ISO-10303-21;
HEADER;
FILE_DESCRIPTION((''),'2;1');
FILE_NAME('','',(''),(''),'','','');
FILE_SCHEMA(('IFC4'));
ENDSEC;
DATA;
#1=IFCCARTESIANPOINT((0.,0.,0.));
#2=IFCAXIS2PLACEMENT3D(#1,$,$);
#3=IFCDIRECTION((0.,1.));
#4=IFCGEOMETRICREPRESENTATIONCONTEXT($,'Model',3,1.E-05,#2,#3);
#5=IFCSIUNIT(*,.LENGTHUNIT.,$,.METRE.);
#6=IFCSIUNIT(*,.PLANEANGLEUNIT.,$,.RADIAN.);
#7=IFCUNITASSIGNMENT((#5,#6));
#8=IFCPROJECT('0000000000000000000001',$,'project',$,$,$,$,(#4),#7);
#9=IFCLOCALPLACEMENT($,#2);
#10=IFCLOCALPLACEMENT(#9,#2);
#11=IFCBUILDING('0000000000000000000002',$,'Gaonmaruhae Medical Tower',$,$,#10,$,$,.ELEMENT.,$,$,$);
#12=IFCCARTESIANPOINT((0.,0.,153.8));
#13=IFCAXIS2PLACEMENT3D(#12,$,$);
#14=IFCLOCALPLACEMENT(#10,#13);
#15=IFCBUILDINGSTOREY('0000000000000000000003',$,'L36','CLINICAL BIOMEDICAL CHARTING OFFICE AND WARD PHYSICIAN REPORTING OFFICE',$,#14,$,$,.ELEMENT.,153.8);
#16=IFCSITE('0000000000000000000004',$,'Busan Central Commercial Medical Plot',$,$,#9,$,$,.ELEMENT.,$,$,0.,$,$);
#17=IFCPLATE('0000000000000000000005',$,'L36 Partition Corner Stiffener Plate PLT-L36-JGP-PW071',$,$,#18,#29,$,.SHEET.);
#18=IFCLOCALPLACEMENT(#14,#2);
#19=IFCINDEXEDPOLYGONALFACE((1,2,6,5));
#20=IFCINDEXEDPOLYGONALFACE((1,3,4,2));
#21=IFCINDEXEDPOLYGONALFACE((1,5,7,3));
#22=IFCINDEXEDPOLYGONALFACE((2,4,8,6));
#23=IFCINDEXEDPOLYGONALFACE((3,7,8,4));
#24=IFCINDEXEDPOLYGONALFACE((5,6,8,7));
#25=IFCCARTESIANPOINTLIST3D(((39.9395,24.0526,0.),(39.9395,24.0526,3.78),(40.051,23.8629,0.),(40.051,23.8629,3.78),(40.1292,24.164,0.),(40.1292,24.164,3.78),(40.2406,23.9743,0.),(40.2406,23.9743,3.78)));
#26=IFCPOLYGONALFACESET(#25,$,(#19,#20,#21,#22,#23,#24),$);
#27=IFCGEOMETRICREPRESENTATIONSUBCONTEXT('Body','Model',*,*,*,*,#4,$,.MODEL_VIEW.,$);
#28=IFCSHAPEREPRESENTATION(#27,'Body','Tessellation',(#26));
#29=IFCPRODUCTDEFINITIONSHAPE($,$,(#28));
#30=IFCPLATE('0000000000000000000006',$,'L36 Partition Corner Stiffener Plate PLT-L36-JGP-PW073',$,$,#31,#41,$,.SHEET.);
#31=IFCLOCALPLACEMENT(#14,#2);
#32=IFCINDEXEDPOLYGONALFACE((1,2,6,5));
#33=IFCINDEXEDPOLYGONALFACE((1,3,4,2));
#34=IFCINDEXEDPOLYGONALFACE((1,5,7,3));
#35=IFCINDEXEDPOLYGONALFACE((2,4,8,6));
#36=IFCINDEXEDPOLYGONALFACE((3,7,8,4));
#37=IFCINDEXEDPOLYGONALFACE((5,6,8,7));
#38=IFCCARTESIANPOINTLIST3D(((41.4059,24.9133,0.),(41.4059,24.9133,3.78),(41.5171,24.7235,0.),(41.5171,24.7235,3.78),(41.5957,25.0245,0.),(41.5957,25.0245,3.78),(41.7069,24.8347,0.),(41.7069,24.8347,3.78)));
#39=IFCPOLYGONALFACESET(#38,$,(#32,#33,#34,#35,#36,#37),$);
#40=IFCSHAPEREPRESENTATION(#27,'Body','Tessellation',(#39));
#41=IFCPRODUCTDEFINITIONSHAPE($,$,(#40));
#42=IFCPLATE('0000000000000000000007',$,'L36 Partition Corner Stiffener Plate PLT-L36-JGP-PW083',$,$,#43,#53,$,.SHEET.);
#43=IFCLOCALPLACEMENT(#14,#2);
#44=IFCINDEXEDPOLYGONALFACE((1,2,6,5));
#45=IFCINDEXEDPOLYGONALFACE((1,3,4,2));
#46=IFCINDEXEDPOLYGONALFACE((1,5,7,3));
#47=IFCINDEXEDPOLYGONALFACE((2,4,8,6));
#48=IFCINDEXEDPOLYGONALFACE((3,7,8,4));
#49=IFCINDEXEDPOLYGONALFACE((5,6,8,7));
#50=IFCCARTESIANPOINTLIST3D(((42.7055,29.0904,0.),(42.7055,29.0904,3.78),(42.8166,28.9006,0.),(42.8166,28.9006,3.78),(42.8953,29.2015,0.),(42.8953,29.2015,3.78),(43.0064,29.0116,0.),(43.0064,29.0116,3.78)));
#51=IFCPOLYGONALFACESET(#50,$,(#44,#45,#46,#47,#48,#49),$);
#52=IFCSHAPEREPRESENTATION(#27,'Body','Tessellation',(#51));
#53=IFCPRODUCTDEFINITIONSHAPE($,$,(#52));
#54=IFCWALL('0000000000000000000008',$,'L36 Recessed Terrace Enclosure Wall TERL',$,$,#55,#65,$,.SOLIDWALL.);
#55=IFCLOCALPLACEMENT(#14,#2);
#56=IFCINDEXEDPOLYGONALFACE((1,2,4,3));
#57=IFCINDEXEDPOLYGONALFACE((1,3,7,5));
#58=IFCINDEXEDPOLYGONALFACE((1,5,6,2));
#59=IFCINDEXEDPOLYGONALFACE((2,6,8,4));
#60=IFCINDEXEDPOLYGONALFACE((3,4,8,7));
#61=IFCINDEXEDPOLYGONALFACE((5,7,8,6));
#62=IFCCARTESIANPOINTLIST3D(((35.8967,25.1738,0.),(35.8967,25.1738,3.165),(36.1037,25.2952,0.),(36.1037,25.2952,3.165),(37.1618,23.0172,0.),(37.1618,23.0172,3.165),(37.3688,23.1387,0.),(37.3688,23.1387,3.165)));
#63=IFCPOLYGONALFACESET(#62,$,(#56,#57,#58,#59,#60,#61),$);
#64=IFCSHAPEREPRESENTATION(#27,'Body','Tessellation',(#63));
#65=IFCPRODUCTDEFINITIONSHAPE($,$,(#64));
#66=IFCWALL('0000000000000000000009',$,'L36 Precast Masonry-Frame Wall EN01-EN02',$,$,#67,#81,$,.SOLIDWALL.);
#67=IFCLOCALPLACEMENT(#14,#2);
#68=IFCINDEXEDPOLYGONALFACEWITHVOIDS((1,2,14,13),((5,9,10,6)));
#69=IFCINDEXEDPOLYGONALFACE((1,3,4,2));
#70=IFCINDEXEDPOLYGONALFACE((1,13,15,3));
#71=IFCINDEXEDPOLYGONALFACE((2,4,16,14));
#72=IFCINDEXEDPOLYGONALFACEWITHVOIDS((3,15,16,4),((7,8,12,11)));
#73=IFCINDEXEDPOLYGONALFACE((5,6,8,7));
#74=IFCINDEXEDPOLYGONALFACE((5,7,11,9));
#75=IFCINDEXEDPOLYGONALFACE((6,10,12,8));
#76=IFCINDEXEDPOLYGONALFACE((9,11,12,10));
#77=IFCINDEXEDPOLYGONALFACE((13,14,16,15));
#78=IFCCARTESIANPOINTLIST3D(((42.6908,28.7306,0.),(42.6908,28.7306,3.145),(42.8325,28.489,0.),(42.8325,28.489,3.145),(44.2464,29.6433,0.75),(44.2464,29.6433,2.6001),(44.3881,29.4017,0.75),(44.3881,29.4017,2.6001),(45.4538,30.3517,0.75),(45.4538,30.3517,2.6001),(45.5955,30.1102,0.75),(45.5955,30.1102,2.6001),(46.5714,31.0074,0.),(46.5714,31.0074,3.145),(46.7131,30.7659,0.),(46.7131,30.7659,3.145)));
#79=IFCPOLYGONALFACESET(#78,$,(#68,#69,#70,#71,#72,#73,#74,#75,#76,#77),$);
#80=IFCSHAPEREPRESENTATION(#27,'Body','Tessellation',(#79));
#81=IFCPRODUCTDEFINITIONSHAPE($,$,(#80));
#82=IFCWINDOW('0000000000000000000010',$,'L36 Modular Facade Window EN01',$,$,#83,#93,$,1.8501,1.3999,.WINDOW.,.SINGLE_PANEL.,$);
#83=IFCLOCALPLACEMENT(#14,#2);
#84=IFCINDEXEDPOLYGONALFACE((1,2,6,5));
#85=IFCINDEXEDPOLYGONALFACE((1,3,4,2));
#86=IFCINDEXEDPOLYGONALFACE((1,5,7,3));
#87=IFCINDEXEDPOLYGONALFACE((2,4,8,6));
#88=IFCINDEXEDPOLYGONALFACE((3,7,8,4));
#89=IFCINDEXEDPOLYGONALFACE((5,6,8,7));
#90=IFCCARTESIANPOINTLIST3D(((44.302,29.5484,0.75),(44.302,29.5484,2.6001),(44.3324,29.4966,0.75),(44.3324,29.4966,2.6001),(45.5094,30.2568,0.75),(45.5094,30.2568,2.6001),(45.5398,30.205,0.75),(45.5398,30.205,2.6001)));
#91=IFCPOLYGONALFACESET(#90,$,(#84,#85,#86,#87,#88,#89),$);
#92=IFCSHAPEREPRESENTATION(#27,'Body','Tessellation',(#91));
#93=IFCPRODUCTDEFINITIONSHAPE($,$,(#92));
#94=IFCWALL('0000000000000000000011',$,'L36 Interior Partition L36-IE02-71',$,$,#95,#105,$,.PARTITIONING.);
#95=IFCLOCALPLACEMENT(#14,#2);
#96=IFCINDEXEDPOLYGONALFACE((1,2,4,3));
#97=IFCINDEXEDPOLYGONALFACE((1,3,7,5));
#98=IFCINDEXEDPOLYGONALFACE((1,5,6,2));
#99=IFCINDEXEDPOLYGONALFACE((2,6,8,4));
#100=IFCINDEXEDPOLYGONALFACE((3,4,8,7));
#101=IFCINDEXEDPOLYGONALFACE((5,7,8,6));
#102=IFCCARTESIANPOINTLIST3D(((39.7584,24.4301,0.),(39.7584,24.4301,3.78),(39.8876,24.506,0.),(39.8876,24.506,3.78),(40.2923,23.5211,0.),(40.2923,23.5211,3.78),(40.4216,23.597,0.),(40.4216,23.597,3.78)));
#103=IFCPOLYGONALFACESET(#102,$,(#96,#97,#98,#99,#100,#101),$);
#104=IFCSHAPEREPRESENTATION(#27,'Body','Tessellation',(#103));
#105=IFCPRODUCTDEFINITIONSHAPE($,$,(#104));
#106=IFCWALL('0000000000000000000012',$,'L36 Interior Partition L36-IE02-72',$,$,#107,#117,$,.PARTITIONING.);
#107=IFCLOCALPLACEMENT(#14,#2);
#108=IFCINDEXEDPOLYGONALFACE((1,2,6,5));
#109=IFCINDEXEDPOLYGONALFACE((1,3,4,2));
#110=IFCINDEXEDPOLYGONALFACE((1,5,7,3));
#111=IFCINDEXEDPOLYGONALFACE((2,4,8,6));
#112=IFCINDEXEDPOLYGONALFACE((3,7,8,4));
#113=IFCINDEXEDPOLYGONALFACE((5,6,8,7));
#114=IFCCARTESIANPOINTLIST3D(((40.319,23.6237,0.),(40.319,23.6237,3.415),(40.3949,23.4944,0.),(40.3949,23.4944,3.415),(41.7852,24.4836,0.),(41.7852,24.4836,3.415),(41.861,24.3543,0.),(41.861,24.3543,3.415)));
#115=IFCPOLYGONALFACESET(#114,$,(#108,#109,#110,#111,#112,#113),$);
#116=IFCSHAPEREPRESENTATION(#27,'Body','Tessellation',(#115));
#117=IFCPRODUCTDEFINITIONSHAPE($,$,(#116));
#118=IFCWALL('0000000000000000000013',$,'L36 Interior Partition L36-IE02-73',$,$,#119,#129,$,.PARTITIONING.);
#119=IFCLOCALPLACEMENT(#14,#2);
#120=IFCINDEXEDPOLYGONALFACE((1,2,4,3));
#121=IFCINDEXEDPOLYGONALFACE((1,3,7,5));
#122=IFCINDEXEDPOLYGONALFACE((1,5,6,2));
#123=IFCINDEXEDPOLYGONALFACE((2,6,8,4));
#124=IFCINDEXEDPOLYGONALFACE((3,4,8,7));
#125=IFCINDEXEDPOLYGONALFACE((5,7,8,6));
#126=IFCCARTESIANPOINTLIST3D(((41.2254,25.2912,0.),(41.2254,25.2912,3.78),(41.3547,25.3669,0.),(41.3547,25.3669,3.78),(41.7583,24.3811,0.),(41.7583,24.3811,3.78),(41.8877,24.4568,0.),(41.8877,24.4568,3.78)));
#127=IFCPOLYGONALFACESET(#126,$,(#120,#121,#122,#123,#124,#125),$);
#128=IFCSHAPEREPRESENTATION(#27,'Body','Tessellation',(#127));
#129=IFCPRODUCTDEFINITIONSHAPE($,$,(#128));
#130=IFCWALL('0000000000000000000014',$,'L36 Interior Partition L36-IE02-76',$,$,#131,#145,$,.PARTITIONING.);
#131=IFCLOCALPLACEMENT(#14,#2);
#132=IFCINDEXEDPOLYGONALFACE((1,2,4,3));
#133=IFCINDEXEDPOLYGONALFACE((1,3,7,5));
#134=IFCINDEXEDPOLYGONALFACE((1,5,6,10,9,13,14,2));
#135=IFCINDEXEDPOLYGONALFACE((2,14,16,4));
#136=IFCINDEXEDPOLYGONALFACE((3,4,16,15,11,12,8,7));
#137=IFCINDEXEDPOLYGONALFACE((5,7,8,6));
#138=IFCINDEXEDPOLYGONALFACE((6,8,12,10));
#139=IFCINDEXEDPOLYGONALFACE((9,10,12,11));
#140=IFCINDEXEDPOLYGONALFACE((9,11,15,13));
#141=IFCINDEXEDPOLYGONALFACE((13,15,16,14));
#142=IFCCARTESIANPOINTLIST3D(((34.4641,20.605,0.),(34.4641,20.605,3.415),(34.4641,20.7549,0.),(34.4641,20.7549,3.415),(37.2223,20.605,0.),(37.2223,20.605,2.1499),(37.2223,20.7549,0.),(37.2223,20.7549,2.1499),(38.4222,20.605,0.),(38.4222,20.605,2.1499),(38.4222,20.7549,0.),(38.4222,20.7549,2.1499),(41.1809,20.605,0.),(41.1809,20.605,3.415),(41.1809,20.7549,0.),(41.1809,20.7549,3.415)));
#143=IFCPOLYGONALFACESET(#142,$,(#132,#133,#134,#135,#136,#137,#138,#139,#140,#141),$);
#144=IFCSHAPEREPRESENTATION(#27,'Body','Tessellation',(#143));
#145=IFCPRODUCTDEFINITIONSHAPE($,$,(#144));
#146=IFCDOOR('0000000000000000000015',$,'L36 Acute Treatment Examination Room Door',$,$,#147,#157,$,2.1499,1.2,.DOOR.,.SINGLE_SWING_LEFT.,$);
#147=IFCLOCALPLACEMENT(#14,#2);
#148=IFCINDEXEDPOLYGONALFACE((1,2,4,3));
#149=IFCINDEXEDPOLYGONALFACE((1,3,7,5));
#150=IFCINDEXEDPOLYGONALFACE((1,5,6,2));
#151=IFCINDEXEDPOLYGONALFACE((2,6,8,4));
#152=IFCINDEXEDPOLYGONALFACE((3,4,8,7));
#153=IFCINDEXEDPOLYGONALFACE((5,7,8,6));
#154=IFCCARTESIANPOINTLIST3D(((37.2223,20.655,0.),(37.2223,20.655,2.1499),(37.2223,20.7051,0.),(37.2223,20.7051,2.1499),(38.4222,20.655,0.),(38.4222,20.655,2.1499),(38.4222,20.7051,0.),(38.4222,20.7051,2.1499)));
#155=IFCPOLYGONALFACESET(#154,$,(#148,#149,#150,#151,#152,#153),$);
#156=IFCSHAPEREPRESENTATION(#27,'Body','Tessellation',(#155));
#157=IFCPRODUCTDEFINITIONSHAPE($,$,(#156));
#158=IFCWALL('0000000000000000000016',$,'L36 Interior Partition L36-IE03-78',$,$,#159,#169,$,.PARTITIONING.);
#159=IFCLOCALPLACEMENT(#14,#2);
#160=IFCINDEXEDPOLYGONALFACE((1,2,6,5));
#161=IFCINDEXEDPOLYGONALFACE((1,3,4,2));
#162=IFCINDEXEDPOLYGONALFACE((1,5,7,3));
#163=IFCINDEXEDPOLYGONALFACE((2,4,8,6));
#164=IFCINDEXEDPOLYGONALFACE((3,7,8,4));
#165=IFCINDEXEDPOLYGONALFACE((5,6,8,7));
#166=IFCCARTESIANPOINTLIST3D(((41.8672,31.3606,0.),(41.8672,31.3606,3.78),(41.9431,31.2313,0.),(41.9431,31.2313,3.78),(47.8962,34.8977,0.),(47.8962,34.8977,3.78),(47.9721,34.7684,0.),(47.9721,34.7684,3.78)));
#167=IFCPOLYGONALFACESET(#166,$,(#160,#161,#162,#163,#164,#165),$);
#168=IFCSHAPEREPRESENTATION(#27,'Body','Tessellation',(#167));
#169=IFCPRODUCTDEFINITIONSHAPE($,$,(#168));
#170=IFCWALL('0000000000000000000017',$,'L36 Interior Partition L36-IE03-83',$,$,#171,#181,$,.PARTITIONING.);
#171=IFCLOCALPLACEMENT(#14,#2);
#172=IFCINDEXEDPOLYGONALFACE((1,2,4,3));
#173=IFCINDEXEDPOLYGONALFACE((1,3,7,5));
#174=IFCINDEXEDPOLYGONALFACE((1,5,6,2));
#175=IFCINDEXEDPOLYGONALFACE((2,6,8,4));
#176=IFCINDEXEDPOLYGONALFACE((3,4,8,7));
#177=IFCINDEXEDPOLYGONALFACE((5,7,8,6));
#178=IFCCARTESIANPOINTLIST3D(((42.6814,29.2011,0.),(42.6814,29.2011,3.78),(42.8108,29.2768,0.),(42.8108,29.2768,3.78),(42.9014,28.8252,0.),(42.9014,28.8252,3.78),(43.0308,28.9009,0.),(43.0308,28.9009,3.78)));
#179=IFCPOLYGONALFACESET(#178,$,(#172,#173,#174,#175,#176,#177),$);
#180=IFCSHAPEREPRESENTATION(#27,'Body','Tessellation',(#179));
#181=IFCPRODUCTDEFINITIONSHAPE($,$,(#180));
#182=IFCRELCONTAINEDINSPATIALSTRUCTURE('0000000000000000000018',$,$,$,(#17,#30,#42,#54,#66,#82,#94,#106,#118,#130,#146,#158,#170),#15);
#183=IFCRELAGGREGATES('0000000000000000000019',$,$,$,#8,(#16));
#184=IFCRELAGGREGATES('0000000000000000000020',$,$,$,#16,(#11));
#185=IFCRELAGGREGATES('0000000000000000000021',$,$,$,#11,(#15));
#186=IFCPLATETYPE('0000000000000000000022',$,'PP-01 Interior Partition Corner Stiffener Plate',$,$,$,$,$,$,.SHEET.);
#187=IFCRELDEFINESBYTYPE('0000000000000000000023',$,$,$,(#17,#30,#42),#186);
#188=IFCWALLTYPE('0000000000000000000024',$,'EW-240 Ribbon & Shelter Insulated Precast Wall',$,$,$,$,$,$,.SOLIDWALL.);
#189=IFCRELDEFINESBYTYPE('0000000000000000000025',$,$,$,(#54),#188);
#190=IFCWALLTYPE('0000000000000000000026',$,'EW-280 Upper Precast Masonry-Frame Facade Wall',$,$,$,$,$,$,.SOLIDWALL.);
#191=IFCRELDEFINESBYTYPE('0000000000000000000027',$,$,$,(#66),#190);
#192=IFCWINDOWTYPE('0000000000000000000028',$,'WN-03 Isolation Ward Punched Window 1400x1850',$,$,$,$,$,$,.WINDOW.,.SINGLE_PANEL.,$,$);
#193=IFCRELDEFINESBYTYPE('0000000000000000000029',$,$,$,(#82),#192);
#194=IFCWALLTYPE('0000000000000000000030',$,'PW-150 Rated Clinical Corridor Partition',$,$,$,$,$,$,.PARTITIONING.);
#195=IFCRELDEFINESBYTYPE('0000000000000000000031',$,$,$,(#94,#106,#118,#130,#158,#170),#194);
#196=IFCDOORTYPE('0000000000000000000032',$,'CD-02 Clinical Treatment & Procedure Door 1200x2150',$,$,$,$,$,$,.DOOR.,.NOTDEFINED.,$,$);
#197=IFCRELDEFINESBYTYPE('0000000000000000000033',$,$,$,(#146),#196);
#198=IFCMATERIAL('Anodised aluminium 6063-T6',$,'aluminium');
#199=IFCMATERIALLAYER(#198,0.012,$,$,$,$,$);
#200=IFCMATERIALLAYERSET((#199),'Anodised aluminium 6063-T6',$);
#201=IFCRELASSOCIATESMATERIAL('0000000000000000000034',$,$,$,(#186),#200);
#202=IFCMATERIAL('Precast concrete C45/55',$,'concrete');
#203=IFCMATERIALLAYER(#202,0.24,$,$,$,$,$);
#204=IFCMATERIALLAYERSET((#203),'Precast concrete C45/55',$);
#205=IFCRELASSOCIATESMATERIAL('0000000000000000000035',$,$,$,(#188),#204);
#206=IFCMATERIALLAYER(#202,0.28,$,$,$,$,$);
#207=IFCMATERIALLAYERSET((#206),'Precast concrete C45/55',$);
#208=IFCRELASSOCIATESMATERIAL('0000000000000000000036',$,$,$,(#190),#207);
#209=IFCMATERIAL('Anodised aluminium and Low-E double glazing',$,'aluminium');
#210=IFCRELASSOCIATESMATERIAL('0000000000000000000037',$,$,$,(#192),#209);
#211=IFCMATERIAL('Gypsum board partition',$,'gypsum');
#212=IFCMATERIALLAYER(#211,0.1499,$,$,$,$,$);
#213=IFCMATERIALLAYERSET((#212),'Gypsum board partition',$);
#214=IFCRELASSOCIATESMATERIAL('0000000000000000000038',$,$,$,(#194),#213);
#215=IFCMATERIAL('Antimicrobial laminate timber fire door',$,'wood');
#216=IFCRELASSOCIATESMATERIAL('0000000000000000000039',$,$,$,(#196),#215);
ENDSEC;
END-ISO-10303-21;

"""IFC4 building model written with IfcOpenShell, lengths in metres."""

from ifc_helpers import new_model, si_unit, direction, frame, frame_2d, origin, origin_2d, place, context, subcontext, project, spatial, rectangle, extrude, material, layer, layer_set, type_object, element, fill, save


model = new_model("IFC4")

# Units and contexts
model_context = context("Model", 3, precision=1e-05, world=origin(), true_north=direction((0.0, 1.0)))
body_context = subcontext(model_context, "Body", "Model", "MODEL_VIEW")
ifc_project = project(units=[si_unit("LENGTHUNIT", "METRE"), si_unit("PLANEANGLEUNIT", "RADIAN")], contexts=[model_context])

# Site, building, storey
site_placement = place(None, origin())
site = spatial("IfcSite", under=ifc_project, at=site_placement, Name="Busan Central Commercial Medical Plot", CompositionType="ELEMENT", RefElevation=0.0)
building_placement = place(site_placement, origin())
building = spatial("IfcBuilding", under=site, at=building_placement, Name="Gaonmaruhae Medical Tower", CompositionType="ELEMENT")
storey_placement = place(building_placement, frame((0.0, 0.0, 153.8)))
storey = spatial("IfcBuildingStorey", under=building, at=storey_placement, Name="L36", Description="CLINICAL BIOMEDICAL CHARTING OFFICE AND WARD PHYSICIAN REPORTING OFFICE", CompositionType="ELEMENT", Elevation=153.8)

# Plates
ifc_material_1 = material(Name="Anodised aluminium 6063-T6", Category="aluminium")
ifc_layer_1 = layer(ifc_material_1, 0.012)
ifc_layer_set_1 = layer_set([ifc_layer_1], Name="Anodised aluminium 6063-T6")
plate_type = type_object("IfcPlateType", Name="PP-01 Interior Partition Corner Stiffener Plate", PredefinedType="SHEET", material=ifc_layer_set_1)
for number, where, z_axis, x_axis, name in (
    (1, (40.0901, 24.0134, 0.0), (0.0, 0.0, 1.0), (0.506515, -0.862231, 0.0), "L36 Partition Corner Stiffener Plate PLT-L36-JGP-PW071"),
    (2, (41.5564, 24.874, 0.0), (0.0, 0.0, 1.0), (-0.505401, 0.862884, 0.0), "L36 Partition Corner Stiffener Plate PLT-L36-JGP-PW073"),
    (3, (42.856, 29.051, 0.0), (0.0, 0.0, 1.0), (-0.50501, 0.863114, 0.0), "L36 Partition Corner Stiffener Plate PLT-L36-JGP-PW083"),
):
    element("IfcPlate", number, at=place(storey_placement, frame(where, z_axis=z_axis, x_axis=x_axis)), inside=storey, type_object=plate_type, Name=name, PredefinedType="SHEET", context=body_context, shape_type="SweptSolid", body=[
        extrude(rectangle(XDim=0.22, YDim=0.22, at=origin_2d()), origin(), (0.0, 0.0, 1.0), 3.78),
    ])

# Shared definitions
ifc_material_2 = material(Name="Precast concrete C45/55", Category="concrete")
ifc_layer_2 = layer(ifc_material_2, 0.24)
ifc_layer_set_2 = layer_set([ifc_layer_2], Name="Precast concrete C45/55")
wall_type_1 = type_object("IfcWallType", Name="EW-240 Ribbon & Shelter Insulated Precast Wall", PredefinedType="SOLIDWALL", material=ifc_layer_set_2)

# Wall
wall_1_placement = place(storey_placement, frame((36.0002, 25.2344, 0.0), z_axis=(0.0, 0.0, 1.0), x_axis=(0.506013, -0.862526, 0.0)))
element("IfcWall", 4, at=wall_1_placement, inside=storey, type_object=wall_type_1, Name="L36 Recessed Terrace Enclosure Wall TERL", PredefinedType="SOLIDWALL", context=body_context, shape_type="SweptSolid", body=[
    extrude(rectangle(XDim=2.5002, YDim=0.24, at=frame_2d((1.25, 0.0))), origin(), (0.0, 0.0, 1.0), 3.165),
])

# Wall, opening, window
ifc_layer_3 = layer(ifc_material_2, 0.28)
ifc_layer_set_3 = layer_set([ifc_layer_3], Name="Precast concrete C45/55")
wall_type_2 = type_object("IfcWallType", Name="EW-280 Upper Precast Masonry-Frame Facade Wall", PredefinedType="SOLIDWALL", material=ifc_layer_set_3)
wall_2_placement = place(storey_placement, frame((42.7617, 28.6099, 0.0), z_axis=(0.0, 0.0, 1.0), x_axis=(0.862503, 0.506052, 0.0)))
wall_2 = element("IfcWall", 5, at=wall_2_placement, inside=storey, type_object=wall_type_2, Name="L36 Precast Masonry-Frame Wall EN01-EN02", PredefinedType="SOLIDWALL", context=body_context, shape_type="SweptSolid", body=[
    extrude(rectangle(XDim=4.4993, YDim=0.28, at=frame_2d((2.2495, 0.0))), origin(), (0.0, 0.0, 1.0), 3.145),
])
opening_1_placement = place(wall_2_placement, frame((1.8035, 0.0, 0.75)))
opening_1 = element("IfcOpeningElement", 6, at=opening_1_placement, cuts=wall_2, PredefinedType="OPENING", context=body_context, shape_type="SweptSolid", body=[
    extrude(rectangle(XDim=1.3999, YDim=1.8501, at=frame_2d((0.7, 0.925))), frame((0.0, 0.1499, 0.0), z_axis=(0.0, -1.0, 0.0), x_axis=(1.0, 0.0, 0.0)), (0.0, 0.0, 1.0), 0.3),
])
ifc_material_3 = material(Name="Anodised aluminium and Low-E double glazing", Category="aluminium")
window_type = type_object("IfcWindowType", Name="WN-03 Isolation Ward Punched Window 1400x1850", PartitioningType="SINGLE_PANEL", PredefinedType="WINDOW", material=ifc_material_3)
window_placement = place(opening_1_placement, origin())
window = element("IfcWindow", 7, at=window_placement, inside=storey, type_object=window_type, Name="L36 Modular Facade Window EN01", OverallHeight=1.8501, OverallWidth=1.3999, PartitioningType="SINGLE_PANEL", PredefinedType="WINDOW", context=body_context, shape_type="SweptSolid", body=[
    extrude(rectangle(XDim=1.3999, YDim=1.8501, at=frame_2d((0.7, 0.925))), frame((0.0, 0.03, 0.0), z_axis=(0.0, -1.0, 0.0), x_axis=(1.0, 0.0, 0.0)), (0.0, 0.0, 1.0), 0.0601),
])
fill(opening_1, window)

# Walls
ifc_material_4 = material(Name="Gypsum board partition", Category="gypsum")
ifc_layer_4 = layer(ifc_material_4, 0.1499)
ifc_layer_set_4 = layer_set([ifc_layer_4], Name="Gypsum board partition")
wall_type_3 = type_object("IfcWallType", Name="PW-150 Rated Clinical Corridor Partition", PredefinedType="PARTITIONING", material=ifc_layer_set_4)
wall_3_placement = place(storey_placement, frame((39.823, 24.468, 0.0), z_axis=(0.0, 0.0, 1.0), x_axis=(0.506504, -0.862238, 0.0)))
element("IfcWall", 8, at=wall_3_placement, inside=storey, type_object=wall_type_3, Name="L36 Interior Partition L36-IE02-71", PredefinedType="PARTITIONING", context=body_context, shape_type="SweptSolid", body=[
    extrude(rectangle(XDim=1.0542, YDim=0.1499, at=frame_2d((0.5271, 0.0))), origin(), (0.0, 0.0, 1.0), 3.78),
])
wall_4_placement = place(storey_placement, frame((40.3569, 23.5591, 0.0), z_axis=(0.0, 0.0, 1.0), x_axis=(0.862583, 0.505915, 0.0)))
element("IfcWall", 9, at=wall_4_placement, inside=storey, type_object=wall_type_3, Name="L36 Interior Partition L36-IE02-72", PredefinedType="PARTITIONING", context=body_context, shape_type="SweptSolid", body=[
    extrude(rectangle(XDim=1.6997, YDim=0.1499, at=frame_2d((0.8499, 0.0))), origin(), (0.0, 0.0, 1.0), 3.415),
])
wall_5_placement = place(storey_placement, frame((41.823, 24.4189, 0.0), z_axis=(0.0, 0.0, 1.0), x_axis=(-0.50531, 0.862938, 0.0)))
element("IfcWall", 10, at=wall_5_placement, inside=storey, type_object=wall_type_3, Name="L36 Interior Partition L36-IE02-73", PredefinedType="PARTITIONING", context=body_context, shape_type="SweptSolid", body=[
    extrude(rectangle(XDim=1.0547, YDim=0.1499, at=frame_2d((0.5273, 0.0))), origin(), (0.0, 0.0, 1.0), 3.78),
])

# Wall, opening, door
wall_6_placement = place(storey_placement, frame((41.1809, 20.6799, 0.0), z_axis=(0.0, 0.0, 1.0), x_axis=(-1.0, 0.0, 0.0)))
wall_6 = element("IfcWall", 11, at=wall_6_placement, inside=storey, type_object=wall_type_3, Name="L36 Interior Partition L36-IE02-76", PredefinedType="PARTITIONING", context=body_context, shape_type="SweptSolid", body=[
    extrude(rectangle(XDim=6.7168, YDim=0.1499, at=frame_2d((3.3584, 0.0))), origin(), (0.0, 0.0, 1.0), 3.415),
])
opening_2_placement = place(wall_6_placement, frame((2.7585, 0.0, 0.0)))
opening_2 = element("IfcOpeningElement", 12, at=opening_2_placement, cuts=wall_6, PredefinedType="OPENING", context=body_context, shape_type="SweptSolid", body=[
    extrude(rectangle(XDim=1.2, YDim=2.1499, at=frame_2d((0.6001, 1.075))), frame((0.0, 0.085, 0.0), z_axis=(0.0, -1.0, 0.0), x_axis=(1.0, 0.0, 0.0)), (0.0, 0.0, 1.0), 0.1699),
])
ifc_material_5 = material(Name="Antimicrobial laminate timber fire door", Category="wood")
door_type_1 = type_object("IfcDoorType", Name="CD-02 Clinical Treatment & Procedure Door 1200x2150", OperationType="NOTDEFINED", PredefinedType="DOOR", material=ifc_material_5)
door_1_placement = place(opening_2_placement, origin())
door_1 = element("IfcDoor", 13, at=door_1_placement, inside=storey, type_object=door_type_1, Name="L36 Acute Treatment Examination Room Door", OperationType="SINGLE_SWING_LEFT", OverallHeight=2.1499, OverallWidth=1.2, PredefinedType="DOOR", context=body_context, shape_type="SweptSolid", body=[
    extrude(rectangle(XDim=1.2, YDim=2.1499, at=frame_2d((0.6001, 1.075))), frame((0.0, 0.0249, 0.0), z_axis=(0.0, -1.0, 0.0), x_axis=(1.0, 0.0, 0.0)), (0.0, 0.0, 1.0), 0.05),
])
fill(opening_2, door_1)

# Walls
wall_7_placement = place(storey_placement, frame((41.905, 31.2959, 0.0), z_axis=(0.0, 0.0, 1.0), x_axis=(0.862521, 0.506022, 0.0)))
element("IfcWall", 14, at=wall_7_placement, inside=storey, type_object=wall_type_3, Name="L36 Interior Partition L36-IE03-78", PredefinedType="PARTITIONING", context=body_context, shape_type="SweptSolid", body=[
    extrude(rectangle(XDim=6.99, YDim=0.1499, at=frame_2d((3.4951, 0.0))), origin(), (0.0, 0.0, 1.0), 3.78),
])
wall_8_placement = place(storey_placement, frame((42.9661, 28.863, 0.0), z_axis=(0.0, 0.0, 1.0), x_axis=(-0.504986, 0.863128, 0.0)))
element("IfcWall", 15, at=wall_8_placement, inside=storey, type_object=wall_type_3, Name="L36 Interior Partition L36-IE03-83", PredefinedType="PARTITIONING", context=body_context, shape_type="SweptSolid", body=[
    extrude(rectangle(XDim=0.4355, YDim=0.1499, at=frame_2d((0.2178, 0.0))), origin(), (0.0, 0.0, 1.0), 3.78),
])

save(model, "model.ifc")
